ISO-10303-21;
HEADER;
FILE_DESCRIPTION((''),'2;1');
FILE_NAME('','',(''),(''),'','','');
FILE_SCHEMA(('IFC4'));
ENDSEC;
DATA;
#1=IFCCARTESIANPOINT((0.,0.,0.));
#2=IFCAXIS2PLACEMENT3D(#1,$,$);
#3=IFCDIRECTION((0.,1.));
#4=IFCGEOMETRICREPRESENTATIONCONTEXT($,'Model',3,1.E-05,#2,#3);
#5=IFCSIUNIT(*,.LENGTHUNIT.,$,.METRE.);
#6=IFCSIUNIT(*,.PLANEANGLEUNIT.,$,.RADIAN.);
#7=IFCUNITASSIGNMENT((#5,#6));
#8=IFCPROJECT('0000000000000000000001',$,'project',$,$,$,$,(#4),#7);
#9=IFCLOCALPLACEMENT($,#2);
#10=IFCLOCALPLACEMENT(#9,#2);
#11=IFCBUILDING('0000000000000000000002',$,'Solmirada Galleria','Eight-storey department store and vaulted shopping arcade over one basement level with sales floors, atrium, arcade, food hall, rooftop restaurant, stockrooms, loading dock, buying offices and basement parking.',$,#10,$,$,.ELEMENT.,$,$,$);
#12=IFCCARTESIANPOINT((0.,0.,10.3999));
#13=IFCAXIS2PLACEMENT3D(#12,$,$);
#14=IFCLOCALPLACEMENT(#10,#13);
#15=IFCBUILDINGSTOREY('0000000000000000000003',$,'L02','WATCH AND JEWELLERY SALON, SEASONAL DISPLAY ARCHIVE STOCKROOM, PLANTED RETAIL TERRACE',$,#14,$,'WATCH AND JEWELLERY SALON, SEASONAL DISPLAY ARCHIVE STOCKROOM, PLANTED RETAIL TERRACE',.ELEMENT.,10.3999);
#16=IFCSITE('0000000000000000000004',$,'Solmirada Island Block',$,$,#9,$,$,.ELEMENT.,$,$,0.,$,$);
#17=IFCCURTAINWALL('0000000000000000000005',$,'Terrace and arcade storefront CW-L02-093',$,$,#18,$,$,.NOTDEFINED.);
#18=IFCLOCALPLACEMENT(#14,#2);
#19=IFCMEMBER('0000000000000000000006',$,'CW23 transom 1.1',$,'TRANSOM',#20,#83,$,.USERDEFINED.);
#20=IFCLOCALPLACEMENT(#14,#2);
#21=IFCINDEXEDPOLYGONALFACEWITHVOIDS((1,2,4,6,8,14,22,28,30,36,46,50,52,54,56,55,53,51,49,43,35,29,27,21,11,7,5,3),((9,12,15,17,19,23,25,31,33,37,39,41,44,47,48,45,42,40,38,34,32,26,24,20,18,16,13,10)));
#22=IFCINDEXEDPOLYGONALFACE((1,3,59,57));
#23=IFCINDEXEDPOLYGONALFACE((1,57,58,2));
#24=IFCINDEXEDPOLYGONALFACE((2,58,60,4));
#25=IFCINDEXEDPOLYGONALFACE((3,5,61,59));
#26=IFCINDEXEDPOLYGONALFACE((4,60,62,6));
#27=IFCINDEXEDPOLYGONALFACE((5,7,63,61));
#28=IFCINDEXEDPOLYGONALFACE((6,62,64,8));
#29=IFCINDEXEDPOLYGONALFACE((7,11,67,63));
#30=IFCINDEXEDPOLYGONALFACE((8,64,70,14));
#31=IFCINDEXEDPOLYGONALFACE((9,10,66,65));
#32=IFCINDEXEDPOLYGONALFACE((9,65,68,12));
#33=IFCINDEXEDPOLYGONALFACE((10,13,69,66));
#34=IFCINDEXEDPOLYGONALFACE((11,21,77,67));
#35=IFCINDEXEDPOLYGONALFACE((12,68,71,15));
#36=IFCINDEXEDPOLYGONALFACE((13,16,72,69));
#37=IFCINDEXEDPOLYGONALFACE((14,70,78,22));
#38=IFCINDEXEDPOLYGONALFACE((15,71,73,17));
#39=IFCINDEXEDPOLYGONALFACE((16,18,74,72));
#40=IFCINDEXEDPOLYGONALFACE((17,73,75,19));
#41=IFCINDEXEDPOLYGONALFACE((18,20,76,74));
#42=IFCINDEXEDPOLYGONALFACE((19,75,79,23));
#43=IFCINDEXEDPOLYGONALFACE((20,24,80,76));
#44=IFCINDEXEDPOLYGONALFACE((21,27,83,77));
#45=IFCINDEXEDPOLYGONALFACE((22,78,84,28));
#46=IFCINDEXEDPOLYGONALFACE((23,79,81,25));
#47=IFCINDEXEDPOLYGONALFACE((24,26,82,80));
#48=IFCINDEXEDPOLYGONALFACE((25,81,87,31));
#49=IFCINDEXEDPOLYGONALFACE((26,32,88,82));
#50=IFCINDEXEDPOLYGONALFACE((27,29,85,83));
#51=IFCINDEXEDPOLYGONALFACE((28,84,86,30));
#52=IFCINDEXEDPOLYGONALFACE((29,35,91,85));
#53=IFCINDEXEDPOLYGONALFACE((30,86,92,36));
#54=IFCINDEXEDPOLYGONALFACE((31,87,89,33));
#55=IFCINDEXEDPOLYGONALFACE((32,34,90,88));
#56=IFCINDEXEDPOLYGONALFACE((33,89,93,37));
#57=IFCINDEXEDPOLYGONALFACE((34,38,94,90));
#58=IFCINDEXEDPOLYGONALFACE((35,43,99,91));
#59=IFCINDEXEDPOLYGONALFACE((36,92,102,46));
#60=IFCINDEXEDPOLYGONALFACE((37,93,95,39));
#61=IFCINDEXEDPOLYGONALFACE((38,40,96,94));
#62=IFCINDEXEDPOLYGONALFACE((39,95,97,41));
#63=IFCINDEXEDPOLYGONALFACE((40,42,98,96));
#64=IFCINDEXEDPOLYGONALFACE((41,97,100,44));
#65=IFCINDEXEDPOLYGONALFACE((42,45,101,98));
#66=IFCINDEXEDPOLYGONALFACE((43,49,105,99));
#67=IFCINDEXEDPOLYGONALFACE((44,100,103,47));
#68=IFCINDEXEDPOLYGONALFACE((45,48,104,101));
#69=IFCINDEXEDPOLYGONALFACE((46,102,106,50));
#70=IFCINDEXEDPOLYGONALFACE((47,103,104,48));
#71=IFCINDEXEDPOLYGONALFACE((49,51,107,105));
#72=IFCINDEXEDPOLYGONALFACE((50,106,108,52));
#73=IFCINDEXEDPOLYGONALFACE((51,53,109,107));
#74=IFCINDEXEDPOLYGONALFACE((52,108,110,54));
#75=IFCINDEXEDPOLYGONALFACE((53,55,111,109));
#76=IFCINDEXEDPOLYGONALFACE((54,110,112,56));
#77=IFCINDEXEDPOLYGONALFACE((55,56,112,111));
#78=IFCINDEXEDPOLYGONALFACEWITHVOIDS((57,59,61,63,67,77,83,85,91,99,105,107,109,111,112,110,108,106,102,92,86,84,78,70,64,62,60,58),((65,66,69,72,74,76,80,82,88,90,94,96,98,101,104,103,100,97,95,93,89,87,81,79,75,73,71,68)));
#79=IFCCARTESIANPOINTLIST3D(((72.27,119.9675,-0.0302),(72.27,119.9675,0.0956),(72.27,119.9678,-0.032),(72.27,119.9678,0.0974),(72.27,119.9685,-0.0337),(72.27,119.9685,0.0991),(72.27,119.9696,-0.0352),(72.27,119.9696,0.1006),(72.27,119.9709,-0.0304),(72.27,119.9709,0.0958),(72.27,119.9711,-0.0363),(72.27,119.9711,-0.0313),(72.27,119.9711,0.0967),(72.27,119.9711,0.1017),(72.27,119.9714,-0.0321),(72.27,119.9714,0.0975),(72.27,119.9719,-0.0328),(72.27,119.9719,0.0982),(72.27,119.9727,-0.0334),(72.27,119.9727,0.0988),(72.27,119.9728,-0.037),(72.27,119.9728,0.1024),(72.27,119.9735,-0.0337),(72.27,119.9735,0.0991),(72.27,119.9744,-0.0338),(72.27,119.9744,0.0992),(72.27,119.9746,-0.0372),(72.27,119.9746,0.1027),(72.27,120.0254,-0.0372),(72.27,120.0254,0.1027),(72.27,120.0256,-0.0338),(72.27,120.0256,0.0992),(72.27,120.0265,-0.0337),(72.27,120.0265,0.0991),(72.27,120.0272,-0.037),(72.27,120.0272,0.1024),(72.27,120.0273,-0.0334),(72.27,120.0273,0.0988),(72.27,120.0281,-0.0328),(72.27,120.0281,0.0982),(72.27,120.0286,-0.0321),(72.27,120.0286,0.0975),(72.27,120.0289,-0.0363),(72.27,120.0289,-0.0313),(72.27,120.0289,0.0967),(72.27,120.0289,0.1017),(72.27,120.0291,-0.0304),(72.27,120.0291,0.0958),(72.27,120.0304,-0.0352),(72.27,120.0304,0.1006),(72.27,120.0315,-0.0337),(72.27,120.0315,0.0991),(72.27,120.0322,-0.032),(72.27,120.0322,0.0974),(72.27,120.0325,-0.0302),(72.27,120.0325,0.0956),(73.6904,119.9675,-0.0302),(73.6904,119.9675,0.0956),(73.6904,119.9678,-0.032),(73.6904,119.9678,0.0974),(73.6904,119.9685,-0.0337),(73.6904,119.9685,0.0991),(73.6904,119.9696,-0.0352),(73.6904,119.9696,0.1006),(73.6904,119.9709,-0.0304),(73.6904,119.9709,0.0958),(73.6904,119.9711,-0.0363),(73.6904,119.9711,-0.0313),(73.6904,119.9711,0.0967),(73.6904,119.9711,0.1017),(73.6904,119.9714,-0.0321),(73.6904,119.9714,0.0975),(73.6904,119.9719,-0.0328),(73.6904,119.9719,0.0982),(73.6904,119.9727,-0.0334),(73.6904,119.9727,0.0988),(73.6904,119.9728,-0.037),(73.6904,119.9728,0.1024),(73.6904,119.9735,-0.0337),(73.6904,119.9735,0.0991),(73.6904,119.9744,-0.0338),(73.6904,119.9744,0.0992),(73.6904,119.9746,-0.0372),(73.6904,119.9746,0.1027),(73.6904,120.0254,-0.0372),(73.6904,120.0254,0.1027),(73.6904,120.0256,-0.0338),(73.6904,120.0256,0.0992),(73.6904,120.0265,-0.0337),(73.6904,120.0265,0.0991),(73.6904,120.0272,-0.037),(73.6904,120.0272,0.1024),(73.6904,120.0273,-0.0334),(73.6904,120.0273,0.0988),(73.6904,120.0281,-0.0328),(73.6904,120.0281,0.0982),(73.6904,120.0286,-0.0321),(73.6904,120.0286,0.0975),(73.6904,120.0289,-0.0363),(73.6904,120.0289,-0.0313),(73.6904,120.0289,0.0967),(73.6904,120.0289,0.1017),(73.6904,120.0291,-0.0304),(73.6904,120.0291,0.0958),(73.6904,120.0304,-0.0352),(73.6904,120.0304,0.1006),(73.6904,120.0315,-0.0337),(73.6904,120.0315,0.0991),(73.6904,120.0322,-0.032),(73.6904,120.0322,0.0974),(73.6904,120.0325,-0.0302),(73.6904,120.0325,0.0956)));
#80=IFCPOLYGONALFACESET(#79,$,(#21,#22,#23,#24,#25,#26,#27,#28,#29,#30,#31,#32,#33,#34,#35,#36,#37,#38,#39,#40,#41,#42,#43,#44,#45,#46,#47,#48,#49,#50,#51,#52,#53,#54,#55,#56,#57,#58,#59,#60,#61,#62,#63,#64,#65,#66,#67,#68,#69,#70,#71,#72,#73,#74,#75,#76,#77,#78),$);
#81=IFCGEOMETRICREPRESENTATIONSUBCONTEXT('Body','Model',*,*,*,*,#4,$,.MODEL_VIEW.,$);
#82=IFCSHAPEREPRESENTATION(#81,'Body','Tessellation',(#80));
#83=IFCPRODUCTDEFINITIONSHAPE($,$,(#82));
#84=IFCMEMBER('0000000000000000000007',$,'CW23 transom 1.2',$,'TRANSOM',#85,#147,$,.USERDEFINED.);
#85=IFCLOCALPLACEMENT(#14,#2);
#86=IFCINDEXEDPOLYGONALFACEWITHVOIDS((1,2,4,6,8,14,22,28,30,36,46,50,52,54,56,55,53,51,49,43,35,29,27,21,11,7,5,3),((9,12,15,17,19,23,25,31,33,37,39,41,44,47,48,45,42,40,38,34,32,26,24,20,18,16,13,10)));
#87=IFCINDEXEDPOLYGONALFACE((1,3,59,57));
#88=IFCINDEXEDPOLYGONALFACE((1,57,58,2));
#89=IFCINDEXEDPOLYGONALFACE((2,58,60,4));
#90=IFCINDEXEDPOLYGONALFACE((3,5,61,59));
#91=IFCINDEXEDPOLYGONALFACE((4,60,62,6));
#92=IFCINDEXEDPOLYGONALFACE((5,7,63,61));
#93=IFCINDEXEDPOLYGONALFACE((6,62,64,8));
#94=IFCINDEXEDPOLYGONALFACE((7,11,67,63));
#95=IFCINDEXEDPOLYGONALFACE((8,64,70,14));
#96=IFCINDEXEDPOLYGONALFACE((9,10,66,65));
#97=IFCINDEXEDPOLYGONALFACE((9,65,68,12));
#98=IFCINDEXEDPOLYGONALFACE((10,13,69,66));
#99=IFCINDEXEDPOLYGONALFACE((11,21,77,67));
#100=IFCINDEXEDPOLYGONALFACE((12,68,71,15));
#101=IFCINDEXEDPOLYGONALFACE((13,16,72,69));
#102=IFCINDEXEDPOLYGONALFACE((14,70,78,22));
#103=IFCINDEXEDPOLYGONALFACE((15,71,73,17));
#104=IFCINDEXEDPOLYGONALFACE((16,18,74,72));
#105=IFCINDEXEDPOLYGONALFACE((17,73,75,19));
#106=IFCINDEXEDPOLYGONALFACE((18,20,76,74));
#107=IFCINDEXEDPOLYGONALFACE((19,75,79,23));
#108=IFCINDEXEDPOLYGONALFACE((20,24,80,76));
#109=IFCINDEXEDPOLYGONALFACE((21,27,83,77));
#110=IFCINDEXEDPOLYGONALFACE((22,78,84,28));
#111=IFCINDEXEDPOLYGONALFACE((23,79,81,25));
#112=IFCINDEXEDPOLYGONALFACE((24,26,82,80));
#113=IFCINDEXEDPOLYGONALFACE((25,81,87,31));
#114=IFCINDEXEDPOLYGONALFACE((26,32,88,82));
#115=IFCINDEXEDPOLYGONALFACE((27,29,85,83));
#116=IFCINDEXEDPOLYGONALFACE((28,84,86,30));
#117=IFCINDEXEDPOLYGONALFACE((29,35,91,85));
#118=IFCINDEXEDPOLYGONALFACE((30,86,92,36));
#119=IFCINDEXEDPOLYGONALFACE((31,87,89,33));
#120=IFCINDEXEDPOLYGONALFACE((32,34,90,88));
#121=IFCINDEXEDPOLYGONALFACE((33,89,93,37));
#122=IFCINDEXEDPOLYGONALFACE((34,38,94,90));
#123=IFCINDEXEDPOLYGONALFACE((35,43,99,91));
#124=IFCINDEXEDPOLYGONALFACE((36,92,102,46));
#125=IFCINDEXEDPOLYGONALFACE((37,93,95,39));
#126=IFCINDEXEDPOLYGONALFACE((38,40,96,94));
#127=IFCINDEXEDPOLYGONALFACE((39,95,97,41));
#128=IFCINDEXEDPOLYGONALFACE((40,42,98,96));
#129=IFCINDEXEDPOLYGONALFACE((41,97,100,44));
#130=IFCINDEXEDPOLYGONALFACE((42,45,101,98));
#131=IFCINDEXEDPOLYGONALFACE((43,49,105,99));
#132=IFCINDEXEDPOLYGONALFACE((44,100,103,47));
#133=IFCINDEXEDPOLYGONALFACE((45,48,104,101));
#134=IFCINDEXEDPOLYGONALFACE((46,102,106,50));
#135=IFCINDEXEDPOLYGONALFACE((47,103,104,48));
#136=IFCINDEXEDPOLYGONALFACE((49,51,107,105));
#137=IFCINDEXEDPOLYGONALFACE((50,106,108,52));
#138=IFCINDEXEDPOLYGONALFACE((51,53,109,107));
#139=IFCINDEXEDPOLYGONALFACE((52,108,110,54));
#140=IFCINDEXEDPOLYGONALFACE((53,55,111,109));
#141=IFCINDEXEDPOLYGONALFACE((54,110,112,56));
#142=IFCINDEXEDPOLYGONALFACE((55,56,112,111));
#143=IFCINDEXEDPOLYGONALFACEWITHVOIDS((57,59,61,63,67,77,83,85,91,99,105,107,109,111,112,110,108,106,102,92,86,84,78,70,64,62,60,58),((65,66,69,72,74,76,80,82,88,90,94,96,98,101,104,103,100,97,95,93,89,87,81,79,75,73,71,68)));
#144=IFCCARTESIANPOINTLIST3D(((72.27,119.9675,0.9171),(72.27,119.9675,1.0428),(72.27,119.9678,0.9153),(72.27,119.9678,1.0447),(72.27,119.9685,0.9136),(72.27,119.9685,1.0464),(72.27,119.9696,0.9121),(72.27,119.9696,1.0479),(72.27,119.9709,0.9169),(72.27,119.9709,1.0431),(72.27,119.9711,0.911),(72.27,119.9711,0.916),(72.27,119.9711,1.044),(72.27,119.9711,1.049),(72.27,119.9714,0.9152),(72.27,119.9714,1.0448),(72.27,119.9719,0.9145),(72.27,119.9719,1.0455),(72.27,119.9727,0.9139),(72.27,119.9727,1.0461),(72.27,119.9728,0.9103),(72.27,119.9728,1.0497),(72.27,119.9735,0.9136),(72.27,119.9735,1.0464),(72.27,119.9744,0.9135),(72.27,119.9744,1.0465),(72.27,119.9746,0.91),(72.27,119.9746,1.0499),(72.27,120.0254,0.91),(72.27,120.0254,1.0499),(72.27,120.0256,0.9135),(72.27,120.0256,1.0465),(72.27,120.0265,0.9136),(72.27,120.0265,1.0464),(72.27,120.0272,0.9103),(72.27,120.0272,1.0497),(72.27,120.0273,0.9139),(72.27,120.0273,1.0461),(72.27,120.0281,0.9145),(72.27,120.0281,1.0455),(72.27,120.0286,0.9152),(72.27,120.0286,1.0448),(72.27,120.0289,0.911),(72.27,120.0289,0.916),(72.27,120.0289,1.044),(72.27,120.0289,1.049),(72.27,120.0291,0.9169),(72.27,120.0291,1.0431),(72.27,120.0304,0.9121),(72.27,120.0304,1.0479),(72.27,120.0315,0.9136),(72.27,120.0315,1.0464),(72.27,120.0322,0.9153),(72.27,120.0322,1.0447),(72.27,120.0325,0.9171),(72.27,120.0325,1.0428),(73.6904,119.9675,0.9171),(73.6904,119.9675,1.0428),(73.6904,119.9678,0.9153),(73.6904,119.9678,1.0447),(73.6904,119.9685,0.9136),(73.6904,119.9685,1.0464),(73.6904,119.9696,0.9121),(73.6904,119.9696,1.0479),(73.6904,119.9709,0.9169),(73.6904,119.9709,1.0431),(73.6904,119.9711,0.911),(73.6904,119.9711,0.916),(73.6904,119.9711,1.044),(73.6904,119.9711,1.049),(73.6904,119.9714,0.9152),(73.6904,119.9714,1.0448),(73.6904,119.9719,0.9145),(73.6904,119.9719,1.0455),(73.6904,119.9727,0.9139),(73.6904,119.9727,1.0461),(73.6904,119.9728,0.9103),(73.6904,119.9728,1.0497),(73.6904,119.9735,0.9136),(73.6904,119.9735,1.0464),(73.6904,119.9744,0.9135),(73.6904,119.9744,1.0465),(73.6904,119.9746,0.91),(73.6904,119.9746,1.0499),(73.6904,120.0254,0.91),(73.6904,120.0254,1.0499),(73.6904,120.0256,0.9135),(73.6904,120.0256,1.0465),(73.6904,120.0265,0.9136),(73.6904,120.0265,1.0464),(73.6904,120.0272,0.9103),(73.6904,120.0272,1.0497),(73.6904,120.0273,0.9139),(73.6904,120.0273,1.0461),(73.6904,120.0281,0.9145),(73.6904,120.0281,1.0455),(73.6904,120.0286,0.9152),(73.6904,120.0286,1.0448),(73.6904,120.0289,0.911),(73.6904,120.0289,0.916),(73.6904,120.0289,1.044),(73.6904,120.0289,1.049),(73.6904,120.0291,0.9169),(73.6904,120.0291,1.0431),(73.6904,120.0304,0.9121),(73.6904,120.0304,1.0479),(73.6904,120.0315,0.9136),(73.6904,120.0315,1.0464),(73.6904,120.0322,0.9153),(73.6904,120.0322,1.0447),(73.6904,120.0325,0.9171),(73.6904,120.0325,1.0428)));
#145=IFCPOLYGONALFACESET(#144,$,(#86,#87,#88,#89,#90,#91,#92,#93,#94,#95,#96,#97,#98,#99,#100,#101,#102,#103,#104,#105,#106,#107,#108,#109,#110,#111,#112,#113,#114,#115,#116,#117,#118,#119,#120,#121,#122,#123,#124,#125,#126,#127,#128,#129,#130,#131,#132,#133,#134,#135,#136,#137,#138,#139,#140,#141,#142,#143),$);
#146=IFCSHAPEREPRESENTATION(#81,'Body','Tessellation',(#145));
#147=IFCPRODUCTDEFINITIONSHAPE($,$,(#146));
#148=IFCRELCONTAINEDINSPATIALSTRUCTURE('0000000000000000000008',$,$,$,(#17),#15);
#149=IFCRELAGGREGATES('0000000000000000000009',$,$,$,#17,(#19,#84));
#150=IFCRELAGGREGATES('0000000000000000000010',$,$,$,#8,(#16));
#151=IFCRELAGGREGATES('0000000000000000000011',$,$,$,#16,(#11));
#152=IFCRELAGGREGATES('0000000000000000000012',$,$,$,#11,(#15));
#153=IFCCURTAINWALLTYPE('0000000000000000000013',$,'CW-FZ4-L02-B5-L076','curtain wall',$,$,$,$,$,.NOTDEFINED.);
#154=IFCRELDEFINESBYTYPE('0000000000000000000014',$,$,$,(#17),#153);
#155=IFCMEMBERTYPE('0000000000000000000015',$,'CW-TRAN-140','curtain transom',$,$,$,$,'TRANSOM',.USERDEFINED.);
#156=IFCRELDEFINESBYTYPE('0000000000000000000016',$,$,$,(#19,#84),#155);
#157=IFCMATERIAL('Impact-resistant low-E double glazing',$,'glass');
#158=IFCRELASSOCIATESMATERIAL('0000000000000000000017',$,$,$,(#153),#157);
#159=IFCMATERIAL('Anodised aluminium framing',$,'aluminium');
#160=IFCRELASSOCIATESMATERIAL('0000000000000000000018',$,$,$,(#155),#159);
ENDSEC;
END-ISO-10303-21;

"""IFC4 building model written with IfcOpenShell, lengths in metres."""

from ifc_helpers import new_model, si_unit, direction, frame, origin, origin_2d, place, context, subcontext, project, spatial, hollow_rectangle, extrude, material, material_profile, profile_set, type_object, element, aggregate, save


model = new_model("IFC4")

# Units and contexts
model_context = context("Model", 3, precision=1e-05, world=origin(), true_north=direction((0.0, 1.0)))
body_context = subcontext(model_context, "Body", "Model", "MODEL_VIEW")
ifc_project = project(units=[si_unit("LENGTHUNIT", "METRE"), si_unit("PLANEANGLEUNIT", "RADIAN")], contexts=[model_context])

# Site, building, storey
site_placement = place(None, origin())
site = spatial("IfcSite", under=ifc_project, at=site_placement, Name="Solmirada Island Block", CompositionType="ELEMENT", RefElevation=0.0)
building_placement = place(site_placement, origin())
building = spatial("IfcBuilding", under=site, at=building_placement, Name="Solmirada Galleria", Description="Eight-storey department store and vaulted shopping arcade over one basement level with sales floors, atrium, arcade, food hall, rooftop restaurant, stockrooms, loading dock, buying offices and basement parking.", CompositionType="ELEMENT")
storey_placement = place(building_placement, frame((0.0, 0.0, 10.3999)))
storey = spatial("IfcBuildingStorey", under=building, at=storey_placement, Name="L02", Description="WATCH AND JEWELLERY SALON, SEASONAL DISPLAY ARCHIVE STOCKROOM, PLANTED RETAIL TERRACE", LongName="WATCH AND JEWELLERY SALON, SEASONAL DISPLAY ARCHIVE STOCKROOM, PLANTED RETAIL TERRACE", CompositionType="ELEMENT", Elevation=10.3999)

# Curtain wall, members
ifc_material_1 = material(Name="Impact-resistant low-E double glazing", Category="glass")
curtain_wall_type = type_object("IfcCurtainWallType", Name="CW-FZ4-L02-B5-L076", Description="curtain wall", PredefinedType="NOTDEFINED", material=ifc_material_1)
curtain_wall_placement = place(storey_placement, origin())
curtain_wall = element("IfcCurtainWall", 1, at=curtain_wall_placement, inside=storey, type_object=curtain_wall_type, Name="Terrace and arcade storefront CW-L02-093", PredefinedType="NOTDEFINED")
ifc_material_2 = material(Name="Anodised aluminium framing", Category="aluminium")
ifc_material_profile_1 = material_profile(ifc_material_2, hollow_rectangle(XDim=0.0649, YDim=0.1399, WallThickness=0.0034, InnerFilletRadius=0.0034, OuterFilletRadius=0.0071, at=origin_2d()), Name="ALU-TRAN-140X65")
ifc_profile_set_1 = profile_set([ifc_material_profile_1], Name="Anodised aluminium framing")
member_type_1 = type_object("IfcMemberType", Name="CW-TRAN-140", Description="curtain transom", ElementType="TRANSOM", PredefinedType="USERDEFINED", material=ifc_profile_set_1)
member_1_placement = place(storey_placement, frame((72.27, 120.0, 0.0327), z_axis=(1.0, 0.0, 0.0), x_axis=(0.0, 1.0, 0.0)))
member_1 = element("IfcMember", 2, at=member_1_placement, type_object=member_type_1, Name="CW23 transom 1.1", ObjectType="TRANSOM", PredefinedType="USERDEFINED", context=body_context, shape_type="SweptSolid", body=[
    extrude(hollow_rectangle(XDim=0.0649, YDim=0.1399, WallThickness=0.0034, InnerFilletRadius=0.0034, OuterFilletRadius=0.0071, at=origin_2d()), origin(), (0.0, 0.0, 1.0), 1.4204),
])
member_2_placement = place(storey_placement, frame((72.27, 120.0, 0.98), z_axis=(1.0, 0.0, 0.0), x_axis=(0.0, 1.0, 0.0)))
member_2 = element("IfcMember", 3, at=member_2_placement, type_object=member_type_1, Name="CW23 transom 1.2", ObjectType="TRANSOM", PredefinedType="USERDEFINED", context=body_context, shape_type="SweptSolid", body=[
    extrude(hollow_rectangle(XDim=0.0649, YDim=0.1399, WallThickness=0.0034, InnerFilletRadius=0.0034, OuterFilletRadius=0.0071, at=origin_2d()), origin(), (0.0, 0.0, 1.0), 1.4204),
])
aggregate(curtain_wall, [member_1, member_2])

save(model, "model.ifc")
